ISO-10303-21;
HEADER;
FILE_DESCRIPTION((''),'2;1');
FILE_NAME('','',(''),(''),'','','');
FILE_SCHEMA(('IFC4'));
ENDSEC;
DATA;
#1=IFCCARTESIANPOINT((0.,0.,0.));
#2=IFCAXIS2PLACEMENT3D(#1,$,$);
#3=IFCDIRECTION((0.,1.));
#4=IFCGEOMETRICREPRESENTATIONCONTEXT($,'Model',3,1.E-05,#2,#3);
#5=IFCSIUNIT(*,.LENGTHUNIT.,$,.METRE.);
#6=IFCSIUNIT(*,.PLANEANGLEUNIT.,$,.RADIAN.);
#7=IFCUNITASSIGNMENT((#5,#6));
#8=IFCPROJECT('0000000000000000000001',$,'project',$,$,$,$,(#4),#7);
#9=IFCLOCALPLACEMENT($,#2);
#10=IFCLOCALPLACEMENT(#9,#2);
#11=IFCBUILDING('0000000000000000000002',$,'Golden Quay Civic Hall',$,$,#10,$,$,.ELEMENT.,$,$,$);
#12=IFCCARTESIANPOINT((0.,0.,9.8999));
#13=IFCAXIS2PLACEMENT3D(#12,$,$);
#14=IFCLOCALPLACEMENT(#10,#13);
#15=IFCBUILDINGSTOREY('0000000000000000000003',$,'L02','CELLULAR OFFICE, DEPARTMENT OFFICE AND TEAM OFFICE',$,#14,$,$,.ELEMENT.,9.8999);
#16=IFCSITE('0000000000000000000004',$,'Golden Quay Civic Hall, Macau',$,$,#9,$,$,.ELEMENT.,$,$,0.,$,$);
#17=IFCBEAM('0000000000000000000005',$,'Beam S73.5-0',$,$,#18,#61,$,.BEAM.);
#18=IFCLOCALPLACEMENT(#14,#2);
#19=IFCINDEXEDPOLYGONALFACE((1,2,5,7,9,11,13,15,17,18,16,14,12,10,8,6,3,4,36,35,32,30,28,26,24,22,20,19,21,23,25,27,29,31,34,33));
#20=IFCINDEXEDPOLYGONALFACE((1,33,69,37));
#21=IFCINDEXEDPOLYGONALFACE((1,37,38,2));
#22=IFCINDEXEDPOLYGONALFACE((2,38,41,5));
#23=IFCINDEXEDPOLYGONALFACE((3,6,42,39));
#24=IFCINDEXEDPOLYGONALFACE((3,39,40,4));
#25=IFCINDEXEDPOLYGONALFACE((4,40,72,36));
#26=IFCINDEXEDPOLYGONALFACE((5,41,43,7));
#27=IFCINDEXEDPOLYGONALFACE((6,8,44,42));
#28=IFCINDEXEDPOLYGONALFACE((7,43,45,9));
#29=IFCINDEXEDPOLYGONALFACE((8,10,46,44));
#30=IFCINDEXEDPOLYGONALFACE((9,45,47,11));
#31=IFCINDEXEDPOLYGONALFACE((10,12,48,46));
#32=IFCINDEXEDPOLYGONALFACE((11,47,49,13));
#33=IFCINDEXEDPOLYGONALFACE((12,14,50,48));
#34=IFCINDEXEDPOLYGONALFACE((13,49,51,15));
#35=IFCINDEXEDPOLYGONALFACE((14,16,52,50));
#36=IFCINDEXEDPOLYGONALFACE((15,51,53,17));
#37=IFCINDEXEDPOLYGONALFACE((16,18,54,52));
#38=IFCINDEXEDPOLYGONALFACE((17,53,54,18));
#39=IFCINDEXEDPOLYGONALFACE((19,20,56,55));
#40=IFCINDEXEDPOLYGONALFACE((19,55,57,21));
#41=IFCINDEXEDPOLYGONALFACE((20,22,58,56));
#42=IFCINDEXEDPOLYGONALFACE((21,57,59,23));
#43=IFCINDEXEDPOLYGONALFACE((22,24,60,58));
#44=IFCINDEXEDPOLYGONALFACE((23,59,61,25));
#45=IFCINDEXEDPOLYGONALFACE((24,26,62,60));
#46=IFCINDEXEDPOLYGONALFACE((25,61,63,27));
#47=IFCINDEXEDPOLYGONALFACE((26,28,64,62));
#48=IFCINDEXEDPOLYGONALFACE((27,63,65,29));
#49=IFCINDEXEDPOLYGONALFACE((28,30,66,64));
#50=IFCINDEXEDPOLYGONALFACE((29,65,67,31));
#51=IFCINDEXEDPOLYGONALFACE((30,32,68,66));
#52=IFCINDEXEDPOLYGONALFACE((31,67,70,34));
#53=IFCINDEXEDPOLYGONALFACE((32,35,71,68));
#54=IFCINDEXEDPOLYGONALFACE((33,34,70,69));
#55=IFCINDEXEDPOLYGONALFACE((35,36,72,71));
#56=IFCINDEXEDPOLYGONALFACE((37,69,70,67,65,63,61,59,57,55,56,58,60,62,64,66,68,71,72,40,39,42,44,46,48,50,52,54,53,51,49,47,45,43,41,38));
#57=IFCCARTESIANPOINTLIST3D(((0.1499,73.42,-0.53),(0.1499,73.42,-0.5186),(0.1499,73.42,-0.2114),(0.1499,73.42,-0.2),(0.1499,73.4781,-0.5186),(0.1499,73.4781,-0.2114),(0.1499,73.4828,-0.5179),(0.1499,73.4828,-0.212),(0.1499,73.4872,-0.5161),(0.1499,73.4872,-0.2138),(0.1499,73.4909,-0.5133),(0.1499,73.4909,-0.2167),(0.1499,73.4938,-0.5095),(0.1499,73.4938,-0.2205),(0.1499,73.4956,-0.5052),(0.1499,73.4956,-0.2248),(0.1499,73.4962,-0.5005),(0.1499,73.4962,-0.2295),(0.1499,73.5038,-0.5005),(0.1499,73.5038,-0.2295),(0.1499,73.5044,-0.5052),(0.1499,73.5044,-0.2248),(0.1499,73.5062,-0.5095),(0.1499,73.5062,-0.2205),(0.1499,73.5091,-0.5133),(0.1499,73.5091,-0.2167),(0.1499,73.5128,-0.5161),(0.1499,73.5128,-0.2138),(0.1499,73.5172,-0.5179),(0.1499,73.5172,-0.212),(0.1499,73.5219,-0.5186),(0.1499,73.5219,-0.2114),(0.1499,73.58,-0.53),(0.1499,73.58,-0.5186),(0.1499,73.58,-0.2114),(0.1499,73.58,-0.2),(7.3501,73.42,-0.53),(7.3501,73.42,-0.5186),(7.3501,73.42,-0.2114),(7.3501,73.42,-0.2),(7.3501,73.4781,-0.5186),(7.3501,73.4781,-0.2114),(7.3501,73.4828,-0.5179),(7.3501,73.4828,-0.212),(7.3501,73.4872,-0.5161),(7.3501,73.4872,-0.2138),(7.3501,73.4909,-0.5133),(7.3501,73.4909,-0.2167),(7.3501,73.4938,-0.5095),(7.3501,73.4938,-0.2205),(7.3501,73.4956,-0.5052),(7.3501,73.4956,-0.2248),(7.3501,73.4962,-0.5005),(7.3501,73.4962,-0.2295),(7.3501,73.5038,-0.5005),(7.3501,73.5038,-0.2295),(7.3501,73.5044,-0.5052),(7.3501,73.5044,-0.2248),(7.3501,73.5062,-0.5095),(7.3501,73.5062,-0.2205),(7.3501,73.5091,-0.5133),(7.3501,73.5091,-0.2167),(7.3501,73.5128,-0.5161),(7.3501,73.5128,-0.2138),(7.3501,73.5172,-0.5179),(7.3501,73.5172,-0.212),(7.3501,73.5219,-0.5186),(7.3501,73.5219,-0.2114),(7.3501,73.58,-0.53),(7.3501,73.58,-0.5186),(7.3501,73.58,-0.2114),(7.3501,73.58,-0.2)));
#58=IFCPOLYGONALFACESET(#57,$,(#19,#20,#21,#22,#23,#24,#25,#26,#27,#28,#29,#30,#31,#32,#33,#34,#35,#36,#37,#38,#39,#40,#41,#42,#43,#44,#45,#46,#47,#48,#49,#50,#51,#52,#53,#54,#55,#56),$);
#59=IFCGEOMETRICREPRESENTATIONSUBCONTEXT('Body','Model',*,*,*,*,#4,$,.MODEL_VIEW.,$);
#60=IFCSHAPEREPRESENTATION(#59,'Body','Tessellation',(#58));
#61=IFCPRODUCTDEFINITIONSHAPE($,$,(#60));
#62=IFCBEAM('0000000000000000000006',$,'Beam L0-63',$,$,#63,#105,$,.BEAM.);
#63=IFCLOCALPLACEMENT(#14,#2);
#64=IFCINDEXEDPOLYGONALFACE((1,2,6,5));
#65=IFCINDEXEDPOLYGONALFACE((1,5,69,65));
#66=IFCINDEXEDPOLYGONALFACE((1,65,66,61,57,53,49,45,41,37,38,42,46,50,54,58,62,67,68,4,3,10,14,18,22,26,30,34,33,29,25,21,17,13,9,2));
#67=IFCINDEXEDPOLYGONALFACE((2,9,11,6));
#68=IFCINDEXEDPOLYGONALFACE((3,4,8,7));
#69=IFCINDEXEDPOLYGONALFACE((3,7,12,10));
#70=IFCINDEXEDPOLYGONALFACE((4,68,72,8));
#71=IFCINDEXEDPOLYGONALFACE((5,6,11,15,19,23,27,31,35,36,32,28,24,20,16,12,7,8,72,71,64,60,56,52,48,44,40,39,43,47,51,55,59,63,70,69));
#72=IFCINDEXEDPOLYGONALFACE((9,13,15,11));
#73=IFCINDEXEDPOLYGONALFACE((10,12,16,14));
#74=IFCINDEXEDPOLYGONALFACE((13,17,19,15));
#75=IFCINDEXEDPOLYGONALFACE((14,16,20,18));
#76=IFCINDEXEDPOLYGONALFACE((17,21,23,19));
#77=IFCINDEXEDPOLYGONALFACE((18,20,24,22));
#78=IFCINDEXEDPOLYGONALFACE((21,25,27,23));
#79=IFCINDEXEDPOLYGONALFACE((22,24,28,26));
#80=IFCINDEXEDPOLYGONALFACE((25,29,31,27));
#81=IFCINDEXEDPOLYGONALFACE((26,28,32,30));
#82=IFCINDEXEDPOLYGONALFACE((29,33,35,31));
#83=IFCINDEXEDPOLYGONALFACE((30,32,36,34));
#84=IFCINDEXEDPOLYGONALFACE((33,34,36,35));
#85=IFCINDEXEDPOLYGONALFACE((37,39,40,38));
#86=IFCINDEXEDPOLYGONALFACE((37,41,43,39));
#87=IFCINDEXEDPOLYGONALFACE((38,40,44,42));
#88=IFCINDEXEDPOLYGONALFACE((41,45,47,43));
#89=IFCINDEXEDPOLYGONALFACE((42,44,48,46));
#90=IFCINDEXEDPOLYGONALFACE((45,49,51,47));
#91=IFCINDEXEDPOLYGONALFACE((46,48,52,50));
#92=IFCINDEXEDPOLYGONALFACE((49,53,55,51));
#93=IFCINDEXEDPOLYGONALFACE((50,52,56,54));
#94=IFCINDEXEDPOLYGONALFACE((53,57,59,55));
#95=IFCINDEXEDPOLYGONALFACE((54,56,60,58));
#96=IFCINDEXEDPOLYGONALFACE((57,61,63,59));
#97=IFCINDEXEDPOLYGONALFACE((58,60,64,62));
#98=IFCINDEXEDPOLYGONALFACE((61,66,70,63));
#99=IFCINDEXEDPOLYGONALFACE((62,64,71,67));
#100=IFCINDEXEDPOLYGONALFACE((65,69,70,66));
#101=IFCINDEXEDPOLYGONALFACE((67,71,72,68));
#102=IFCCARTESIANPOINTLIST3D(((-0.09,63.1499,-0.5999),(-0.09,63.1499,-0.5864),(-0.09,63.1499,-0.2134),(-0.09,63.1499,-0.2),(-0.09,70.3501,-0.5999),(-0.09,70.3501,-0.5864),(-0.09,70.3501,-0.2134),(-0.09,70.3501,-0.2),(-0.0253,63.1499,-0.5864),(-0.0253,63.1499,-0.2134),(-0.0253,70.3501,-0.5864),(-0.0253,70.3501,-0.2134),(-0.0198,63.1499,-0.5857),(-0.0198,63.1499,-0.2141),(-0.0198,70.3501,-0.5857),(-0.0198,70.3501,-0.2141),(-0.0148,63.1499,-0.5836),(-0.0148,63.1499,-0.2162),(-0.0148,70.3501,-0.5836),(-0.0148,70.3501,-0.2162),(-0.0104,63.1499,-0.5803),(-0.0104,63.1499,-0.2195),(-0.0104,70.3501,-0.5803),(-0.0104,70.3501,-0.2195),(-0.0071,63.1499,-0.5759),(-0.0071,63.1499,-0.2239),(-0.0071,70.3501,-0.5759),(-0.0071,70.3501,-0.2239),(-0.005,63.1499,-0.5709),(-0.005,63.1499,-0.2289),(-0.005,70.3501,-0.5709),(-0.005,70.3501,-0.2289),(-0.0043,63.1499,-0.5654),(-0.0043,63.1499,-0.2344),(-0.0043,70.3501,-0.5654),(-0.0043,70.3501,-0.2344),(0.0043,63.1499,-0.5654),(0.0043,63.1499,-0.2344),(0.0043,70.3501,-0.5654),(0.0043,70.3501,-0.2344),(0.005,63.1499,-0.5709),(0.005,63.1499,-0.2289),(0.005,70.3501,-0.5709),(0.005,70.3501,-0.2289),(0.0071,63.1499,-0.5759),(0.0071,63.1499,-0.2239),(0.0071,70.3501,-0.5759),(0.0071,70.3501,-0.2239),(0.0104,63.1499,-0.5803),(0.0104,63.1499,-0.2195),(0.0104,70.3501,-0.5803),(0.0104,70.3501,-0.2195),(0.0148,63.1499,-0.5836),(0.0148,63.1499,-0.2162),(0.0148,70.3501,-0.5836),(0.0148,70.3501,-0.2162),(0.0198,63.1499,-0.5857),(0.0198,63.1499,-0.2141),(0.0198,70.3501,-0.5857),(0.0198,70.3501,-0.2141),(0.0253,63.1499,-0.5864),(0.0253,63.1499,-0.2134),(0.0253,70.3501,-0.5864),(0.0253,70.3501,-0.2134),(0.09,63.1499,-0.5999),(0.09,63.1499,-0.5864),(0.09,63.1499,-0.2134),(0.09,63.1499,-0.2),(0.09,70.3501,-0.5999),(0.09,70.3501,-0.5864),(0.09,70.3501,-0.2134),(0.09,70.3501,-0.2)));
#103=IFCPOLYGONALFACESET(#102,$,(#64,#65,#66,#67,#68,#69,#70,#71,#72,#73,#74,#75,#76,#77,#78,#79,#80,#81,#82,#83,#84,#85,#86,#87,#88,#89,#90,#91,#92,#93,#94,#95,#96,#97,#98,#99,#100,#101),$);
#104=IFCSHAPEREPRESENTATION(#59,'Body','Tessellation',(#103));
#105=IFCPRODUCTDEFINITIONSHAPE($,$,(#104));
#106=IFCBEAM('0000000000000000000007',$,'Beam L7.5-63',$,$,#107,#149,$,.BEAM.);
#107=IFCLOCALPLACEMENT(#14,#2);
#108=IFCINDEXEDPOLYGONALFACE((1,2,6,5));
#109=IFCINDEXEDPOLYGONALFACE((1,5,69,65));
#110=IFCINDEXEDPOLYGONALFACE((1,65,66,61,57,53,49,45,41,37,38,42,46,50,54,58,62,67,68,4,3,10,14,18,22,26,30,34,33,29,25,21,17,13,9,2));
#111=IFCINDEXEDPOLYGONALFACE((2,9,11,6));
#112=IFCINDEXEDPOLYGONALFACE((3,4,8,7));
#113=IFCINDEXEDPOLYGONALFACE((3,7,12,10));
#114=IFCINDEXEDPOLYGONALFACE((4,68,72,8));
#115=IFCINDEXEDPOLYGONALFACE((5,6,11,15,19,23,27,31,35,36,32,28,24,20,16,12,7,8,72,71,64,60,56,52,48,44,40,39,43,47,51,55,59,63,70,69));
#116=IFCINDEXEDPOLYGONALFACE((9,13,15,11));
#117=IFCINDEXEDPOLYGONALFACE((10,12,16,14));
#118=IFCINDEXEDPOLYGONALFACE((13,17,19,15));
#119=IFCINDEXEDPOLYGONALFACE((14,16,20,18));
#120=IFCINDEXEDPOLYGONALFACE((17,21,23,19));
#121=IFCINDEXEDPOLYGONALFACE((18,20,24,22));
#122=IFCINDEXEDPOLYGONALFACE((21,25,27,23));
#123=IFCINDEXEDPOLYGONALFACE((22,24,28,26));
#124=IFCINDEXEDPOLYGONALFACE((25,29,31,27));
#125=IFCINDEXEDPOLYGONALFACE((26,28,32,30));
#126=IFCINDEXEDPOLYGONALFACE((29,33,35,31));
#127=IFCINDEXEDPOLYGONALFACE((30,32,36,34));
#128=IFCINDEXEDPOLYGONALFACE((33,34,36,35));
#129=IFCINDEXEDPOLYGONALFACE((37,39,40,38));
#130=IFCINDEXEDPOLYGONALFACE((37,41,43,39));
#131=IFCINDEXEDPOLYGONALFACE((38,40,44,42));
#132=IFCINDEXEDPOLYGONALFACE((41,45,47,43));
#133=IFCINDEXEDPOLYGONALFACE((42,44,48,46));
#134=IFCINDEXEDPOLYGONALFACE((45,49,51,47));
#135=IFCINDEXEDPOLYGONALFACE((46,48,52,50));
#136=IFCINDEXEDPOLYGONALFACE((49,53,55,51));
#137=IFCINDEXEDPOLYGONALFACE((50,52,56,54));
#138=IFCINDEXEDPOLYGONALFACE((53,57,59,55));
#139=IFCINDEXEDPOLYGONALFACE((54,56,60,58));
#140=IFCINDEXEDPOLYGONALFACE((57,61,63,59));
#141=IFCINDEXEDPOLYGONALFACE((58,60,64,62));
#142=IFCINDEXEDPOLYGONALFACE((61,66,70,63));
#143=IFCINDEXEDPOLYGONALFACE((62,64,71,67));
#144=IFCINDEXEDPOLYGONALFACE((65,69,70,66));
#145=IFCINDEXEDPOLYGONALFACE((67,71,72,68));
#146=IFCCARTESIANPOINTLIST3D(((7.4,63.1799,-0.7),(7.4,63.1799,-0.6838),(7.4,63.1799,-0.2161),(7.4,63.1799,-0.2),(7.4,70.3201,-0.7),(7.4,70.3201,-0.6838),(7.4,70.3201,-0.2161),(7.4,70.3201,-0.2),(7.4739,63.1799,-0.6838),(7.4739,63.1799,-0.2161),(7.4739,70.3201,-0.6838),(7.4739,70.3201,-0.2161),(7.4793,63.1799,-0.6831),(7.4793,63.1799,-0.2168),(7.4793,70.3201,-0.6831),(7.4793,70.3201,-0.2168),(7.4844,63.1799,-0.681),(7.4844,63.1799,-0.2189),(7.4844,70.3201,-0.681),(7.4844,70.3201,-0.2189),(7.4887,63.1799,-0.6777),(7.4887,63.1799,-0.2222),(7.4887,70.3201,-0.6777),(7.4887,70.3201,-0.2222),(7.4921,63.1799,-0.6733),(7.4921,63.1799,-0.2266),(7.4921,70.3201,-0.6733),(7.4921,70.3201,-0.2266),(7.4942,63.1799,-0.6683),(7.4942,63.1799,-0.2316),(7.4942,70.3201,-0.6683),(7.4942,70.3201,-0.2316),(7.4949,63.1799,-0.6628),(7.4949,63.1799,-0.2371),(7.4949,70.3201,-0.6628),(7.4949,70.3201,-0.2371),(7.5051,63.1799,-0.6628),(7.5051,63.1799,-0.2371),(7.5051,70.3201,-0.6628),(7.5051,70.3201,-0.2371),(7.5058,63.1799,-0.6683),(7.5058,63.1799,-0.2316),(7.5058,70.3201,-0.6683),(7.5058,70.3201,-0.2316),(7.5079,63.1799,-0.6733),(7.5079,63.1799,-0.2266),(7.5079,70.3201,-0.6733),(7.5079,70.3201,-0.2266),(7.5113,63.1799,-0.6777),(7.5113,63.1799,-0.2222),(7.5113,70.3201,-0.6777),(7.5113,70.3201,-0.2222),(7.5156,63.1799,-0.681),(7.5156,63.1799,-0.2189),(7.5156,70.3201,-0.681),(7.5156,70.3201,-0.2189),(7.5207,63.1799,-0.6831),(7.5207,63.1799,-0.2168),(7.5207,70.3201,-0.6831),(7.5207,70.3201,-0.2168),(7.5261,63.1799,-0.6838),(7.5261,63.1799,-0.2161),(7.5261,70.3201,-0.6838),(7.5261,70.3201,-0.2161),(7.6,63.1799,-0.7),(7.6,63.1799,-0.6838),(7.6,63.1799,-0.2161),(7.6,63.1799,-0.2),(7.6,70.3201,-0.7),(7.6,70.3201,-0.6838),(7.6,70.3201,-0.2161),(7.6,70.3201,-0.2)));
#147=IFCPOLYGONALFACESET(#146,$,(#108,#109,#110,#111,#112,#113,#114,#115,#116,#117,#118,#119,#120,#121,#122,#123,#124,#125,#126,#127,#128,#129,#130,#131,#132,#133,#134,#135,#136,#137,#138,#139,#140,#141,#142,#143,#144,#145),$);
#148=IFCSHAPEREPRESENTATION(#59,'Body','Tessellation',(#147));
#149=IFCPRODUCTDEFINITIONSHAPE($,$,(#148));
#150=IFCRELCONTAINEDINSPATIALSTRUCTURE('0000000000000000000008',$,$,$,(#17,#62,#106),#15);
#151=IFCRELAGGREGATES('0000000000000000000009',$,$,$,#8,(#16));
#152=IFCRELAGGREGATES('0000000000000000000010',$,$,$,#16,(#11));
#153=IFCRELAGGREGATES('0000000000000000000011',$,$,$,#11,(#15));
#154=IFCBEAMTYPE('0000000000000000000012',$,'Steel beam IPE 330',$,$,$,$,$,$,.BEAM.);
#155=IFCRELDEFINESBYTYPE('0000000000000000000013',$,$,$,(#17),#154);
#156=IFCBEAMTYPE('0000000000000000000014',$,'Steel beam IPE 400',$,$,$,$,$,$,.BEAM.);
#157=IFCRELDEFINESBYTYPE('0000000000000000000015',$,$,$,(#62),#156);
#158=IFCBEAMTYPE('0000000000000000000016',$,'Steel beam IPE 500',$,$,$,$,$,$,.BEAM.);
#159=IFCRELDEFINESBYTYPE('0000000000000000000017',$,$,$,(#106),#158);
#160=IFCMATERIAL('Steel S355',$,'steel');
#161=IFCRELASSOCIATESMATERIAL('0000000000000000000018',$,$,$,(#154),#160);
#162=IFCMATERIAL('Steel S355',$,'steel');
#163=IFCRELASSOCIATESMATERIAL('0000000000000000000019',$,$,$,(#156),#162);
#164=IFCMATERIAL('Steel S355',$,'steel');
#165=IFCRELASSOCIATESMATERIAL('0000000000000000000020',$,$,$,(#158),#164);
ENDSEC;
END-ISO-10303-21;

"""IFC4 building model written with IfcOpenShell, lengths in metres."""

from ifc_helpers import new_model, si_unit, direction, frame, origin, origin_2d, place, context, subcontext, project, spatial, i_section, extrude, material, material_profile, profile_set, type_object, element, save


model = new_model("IFC4")

# Units and contexts
model_context = context("Model", 3, precision=1e-05, world=origin(), true_north=direction((0.0, 1.0)))
body_context = subcontext(model_context, "Body", "Model", "MODEL_VIEW")
ifc_project = project(units=[si_unit("LENGTHUNIT", "METRE"), si_unit("PLANEANGLEUNIT", "RADIAN")], contexts=[model_context])

# Site, building, storey
site_placement = place(None, origin())
site = spatial("IfcSite", under=ifc_project, at=site_placement, Name="Golden Quay Civic Hall, Macau", CompositionType="ELEMENT", RefElevation=0.0)
building_placement = place(site_placement, origin())
building = spatial("IfcBuilding", under=site, at=building_placement, Name="Golden Quay Civic Hall", CompositionType="ELEMENT")
storey_placement = place(building_placement, frame((0.0, 0.0, 9.8999)))
storey = spatial("IfcBuildingStorey", under=building, at=storey_placement, Name="L02", Description="CELLULAR OFFICE, DEPARTMENT OFFICE AND TEAM OFFICE", CompositionType="ELEMENT", Elevation=9.8999)

# Beams
ifc_material_1 = material(Name="Steel S355", Category="steel")
ifc_material_profile_1 = material_profile(ifc_material_1, i_section(OverallWidth=0.1599, OverallDepth=0.3301, WebThickness=0.0076, FlangeThickness=0.0115, FilletRadius=0.0181, at=origin_2d()), Name="IPE 330")
ifc_profile_set_1 = profile_set([ifc_material_profile_1], Name="Steel S355")
beam_type_1 = type_object("IfcBeamType", Name="Steel beam IPE 330", PredefinedType="BEAM", material=ifc_profile_set_1)
for number, where, z_axis, x_axis, name in (
    (1, (0.1499, 73.5, -0.365), (1.0, 0.0, 0.0), (0.0, 1.0, 0.0), "Beam S73.5-0"),
):
    element("IfcBeam", number, at=place(storey_placement, frame(where, z_axis=z_axis, x_axis=x_axis)), inside=storey, type_object=beam_type_1, Name=name, PredefinedType="BEAM", context=body_context, shape_type="SweptSolid", body=[
        extrude(i_section(OverallWidth=0.1599, OverallDepth=0.3301, WebThickness=0.0076, FlangeThickness=0.0115, FilletRadius=0.0181, at=origin_2d()), origin(), (0.0, 0.0, 1.0), 7.2002),
    ])
ifc_material_2 = material(Name="Steel S355", Category="steel")
ifc_material_profile_2 = material_profile(ifc_material_2, i_section(OverallWidth=0.1799, OverallDepth=0.3999, WebThickness=0.0085, FlangeThickness=0.0134, FilletRadius=0.021, at=origin_2d()), Name="IPE 400")
ifc_profile_set_2 = profile_set([ifc_material_profile_2], Name="Steel S355")
beam_type_2 = type_object("IfcBeamType", Name="Steel beam IPE 400", PredefinedType="BEAM", material=ifc_profile_set_2)
beam_1_placement = place(storey_placement, frame((0.0, 63.1499, -0.3999), z_axis=(0.0, 1.0, 0.0), x_axis=(-1.0, 0.0, 0.0)))
element("IfcBeam", 2, at=beam_1_placement, inside=storey, type_object=beam_type_2, Name="Beam L0-63", PredefinedType="BEAM", context=body_context, shape_type="SweptSolid", body=[
    extrude(i_section(OverallWidth=0.1799, OverallDepth=0.3999, WebThickness=0.0085, FlangeThickness=0.0134, FilletRadius=0.021, at=origin_2d()), origin(), (0.0, 0.0, 1.0), 7.2002),
])
ifc_material_3 = material(Name="Steel S355", Category="steel")
ifc_material_profile_3 = material_profile(ifc_material_3, i_section(OverallWidth=0.2, OverallDepth=0.5, WebThickness=0.0103, FlangeThickness=0.0161, FilletRadius=0.021, at=origin_2d()), Name="IPE 500")
ifc_profile_set_3 = profile_set([ifc_material_profile_3], Name="Steel S355")
beam_type_3 = type_object("IfcBeamType", Name="Steel beam IPE 500", PredefinedType="BEAM", material=ifc_profile_set_3)
beam_2_placement = place(storey_placement, frame((7.5, 63.1799, -0.45), z_axis=(0.0, 1.0, 0.0), x_axis=(-1.0, 0.0, 0.0)))
element("IfcBeam", 3, at=beam_2_placement, inside=storey, type_object=beam_type_3, Name="Beam L7.5-63", PredefinedType="BEAM", context=body_context, shape_type="SweptSolid", body=[
    extrude(i_section(OverallWidth=0.2, OverallDepth=0.5, WebThickness=0.0103, FlangeThickness=0.0161, FilletRadius=0.021, at=origin_2d()), origin(), (0.0, 0.0, 1.0), 7.1401),
])

save(model, "model.ifc")
